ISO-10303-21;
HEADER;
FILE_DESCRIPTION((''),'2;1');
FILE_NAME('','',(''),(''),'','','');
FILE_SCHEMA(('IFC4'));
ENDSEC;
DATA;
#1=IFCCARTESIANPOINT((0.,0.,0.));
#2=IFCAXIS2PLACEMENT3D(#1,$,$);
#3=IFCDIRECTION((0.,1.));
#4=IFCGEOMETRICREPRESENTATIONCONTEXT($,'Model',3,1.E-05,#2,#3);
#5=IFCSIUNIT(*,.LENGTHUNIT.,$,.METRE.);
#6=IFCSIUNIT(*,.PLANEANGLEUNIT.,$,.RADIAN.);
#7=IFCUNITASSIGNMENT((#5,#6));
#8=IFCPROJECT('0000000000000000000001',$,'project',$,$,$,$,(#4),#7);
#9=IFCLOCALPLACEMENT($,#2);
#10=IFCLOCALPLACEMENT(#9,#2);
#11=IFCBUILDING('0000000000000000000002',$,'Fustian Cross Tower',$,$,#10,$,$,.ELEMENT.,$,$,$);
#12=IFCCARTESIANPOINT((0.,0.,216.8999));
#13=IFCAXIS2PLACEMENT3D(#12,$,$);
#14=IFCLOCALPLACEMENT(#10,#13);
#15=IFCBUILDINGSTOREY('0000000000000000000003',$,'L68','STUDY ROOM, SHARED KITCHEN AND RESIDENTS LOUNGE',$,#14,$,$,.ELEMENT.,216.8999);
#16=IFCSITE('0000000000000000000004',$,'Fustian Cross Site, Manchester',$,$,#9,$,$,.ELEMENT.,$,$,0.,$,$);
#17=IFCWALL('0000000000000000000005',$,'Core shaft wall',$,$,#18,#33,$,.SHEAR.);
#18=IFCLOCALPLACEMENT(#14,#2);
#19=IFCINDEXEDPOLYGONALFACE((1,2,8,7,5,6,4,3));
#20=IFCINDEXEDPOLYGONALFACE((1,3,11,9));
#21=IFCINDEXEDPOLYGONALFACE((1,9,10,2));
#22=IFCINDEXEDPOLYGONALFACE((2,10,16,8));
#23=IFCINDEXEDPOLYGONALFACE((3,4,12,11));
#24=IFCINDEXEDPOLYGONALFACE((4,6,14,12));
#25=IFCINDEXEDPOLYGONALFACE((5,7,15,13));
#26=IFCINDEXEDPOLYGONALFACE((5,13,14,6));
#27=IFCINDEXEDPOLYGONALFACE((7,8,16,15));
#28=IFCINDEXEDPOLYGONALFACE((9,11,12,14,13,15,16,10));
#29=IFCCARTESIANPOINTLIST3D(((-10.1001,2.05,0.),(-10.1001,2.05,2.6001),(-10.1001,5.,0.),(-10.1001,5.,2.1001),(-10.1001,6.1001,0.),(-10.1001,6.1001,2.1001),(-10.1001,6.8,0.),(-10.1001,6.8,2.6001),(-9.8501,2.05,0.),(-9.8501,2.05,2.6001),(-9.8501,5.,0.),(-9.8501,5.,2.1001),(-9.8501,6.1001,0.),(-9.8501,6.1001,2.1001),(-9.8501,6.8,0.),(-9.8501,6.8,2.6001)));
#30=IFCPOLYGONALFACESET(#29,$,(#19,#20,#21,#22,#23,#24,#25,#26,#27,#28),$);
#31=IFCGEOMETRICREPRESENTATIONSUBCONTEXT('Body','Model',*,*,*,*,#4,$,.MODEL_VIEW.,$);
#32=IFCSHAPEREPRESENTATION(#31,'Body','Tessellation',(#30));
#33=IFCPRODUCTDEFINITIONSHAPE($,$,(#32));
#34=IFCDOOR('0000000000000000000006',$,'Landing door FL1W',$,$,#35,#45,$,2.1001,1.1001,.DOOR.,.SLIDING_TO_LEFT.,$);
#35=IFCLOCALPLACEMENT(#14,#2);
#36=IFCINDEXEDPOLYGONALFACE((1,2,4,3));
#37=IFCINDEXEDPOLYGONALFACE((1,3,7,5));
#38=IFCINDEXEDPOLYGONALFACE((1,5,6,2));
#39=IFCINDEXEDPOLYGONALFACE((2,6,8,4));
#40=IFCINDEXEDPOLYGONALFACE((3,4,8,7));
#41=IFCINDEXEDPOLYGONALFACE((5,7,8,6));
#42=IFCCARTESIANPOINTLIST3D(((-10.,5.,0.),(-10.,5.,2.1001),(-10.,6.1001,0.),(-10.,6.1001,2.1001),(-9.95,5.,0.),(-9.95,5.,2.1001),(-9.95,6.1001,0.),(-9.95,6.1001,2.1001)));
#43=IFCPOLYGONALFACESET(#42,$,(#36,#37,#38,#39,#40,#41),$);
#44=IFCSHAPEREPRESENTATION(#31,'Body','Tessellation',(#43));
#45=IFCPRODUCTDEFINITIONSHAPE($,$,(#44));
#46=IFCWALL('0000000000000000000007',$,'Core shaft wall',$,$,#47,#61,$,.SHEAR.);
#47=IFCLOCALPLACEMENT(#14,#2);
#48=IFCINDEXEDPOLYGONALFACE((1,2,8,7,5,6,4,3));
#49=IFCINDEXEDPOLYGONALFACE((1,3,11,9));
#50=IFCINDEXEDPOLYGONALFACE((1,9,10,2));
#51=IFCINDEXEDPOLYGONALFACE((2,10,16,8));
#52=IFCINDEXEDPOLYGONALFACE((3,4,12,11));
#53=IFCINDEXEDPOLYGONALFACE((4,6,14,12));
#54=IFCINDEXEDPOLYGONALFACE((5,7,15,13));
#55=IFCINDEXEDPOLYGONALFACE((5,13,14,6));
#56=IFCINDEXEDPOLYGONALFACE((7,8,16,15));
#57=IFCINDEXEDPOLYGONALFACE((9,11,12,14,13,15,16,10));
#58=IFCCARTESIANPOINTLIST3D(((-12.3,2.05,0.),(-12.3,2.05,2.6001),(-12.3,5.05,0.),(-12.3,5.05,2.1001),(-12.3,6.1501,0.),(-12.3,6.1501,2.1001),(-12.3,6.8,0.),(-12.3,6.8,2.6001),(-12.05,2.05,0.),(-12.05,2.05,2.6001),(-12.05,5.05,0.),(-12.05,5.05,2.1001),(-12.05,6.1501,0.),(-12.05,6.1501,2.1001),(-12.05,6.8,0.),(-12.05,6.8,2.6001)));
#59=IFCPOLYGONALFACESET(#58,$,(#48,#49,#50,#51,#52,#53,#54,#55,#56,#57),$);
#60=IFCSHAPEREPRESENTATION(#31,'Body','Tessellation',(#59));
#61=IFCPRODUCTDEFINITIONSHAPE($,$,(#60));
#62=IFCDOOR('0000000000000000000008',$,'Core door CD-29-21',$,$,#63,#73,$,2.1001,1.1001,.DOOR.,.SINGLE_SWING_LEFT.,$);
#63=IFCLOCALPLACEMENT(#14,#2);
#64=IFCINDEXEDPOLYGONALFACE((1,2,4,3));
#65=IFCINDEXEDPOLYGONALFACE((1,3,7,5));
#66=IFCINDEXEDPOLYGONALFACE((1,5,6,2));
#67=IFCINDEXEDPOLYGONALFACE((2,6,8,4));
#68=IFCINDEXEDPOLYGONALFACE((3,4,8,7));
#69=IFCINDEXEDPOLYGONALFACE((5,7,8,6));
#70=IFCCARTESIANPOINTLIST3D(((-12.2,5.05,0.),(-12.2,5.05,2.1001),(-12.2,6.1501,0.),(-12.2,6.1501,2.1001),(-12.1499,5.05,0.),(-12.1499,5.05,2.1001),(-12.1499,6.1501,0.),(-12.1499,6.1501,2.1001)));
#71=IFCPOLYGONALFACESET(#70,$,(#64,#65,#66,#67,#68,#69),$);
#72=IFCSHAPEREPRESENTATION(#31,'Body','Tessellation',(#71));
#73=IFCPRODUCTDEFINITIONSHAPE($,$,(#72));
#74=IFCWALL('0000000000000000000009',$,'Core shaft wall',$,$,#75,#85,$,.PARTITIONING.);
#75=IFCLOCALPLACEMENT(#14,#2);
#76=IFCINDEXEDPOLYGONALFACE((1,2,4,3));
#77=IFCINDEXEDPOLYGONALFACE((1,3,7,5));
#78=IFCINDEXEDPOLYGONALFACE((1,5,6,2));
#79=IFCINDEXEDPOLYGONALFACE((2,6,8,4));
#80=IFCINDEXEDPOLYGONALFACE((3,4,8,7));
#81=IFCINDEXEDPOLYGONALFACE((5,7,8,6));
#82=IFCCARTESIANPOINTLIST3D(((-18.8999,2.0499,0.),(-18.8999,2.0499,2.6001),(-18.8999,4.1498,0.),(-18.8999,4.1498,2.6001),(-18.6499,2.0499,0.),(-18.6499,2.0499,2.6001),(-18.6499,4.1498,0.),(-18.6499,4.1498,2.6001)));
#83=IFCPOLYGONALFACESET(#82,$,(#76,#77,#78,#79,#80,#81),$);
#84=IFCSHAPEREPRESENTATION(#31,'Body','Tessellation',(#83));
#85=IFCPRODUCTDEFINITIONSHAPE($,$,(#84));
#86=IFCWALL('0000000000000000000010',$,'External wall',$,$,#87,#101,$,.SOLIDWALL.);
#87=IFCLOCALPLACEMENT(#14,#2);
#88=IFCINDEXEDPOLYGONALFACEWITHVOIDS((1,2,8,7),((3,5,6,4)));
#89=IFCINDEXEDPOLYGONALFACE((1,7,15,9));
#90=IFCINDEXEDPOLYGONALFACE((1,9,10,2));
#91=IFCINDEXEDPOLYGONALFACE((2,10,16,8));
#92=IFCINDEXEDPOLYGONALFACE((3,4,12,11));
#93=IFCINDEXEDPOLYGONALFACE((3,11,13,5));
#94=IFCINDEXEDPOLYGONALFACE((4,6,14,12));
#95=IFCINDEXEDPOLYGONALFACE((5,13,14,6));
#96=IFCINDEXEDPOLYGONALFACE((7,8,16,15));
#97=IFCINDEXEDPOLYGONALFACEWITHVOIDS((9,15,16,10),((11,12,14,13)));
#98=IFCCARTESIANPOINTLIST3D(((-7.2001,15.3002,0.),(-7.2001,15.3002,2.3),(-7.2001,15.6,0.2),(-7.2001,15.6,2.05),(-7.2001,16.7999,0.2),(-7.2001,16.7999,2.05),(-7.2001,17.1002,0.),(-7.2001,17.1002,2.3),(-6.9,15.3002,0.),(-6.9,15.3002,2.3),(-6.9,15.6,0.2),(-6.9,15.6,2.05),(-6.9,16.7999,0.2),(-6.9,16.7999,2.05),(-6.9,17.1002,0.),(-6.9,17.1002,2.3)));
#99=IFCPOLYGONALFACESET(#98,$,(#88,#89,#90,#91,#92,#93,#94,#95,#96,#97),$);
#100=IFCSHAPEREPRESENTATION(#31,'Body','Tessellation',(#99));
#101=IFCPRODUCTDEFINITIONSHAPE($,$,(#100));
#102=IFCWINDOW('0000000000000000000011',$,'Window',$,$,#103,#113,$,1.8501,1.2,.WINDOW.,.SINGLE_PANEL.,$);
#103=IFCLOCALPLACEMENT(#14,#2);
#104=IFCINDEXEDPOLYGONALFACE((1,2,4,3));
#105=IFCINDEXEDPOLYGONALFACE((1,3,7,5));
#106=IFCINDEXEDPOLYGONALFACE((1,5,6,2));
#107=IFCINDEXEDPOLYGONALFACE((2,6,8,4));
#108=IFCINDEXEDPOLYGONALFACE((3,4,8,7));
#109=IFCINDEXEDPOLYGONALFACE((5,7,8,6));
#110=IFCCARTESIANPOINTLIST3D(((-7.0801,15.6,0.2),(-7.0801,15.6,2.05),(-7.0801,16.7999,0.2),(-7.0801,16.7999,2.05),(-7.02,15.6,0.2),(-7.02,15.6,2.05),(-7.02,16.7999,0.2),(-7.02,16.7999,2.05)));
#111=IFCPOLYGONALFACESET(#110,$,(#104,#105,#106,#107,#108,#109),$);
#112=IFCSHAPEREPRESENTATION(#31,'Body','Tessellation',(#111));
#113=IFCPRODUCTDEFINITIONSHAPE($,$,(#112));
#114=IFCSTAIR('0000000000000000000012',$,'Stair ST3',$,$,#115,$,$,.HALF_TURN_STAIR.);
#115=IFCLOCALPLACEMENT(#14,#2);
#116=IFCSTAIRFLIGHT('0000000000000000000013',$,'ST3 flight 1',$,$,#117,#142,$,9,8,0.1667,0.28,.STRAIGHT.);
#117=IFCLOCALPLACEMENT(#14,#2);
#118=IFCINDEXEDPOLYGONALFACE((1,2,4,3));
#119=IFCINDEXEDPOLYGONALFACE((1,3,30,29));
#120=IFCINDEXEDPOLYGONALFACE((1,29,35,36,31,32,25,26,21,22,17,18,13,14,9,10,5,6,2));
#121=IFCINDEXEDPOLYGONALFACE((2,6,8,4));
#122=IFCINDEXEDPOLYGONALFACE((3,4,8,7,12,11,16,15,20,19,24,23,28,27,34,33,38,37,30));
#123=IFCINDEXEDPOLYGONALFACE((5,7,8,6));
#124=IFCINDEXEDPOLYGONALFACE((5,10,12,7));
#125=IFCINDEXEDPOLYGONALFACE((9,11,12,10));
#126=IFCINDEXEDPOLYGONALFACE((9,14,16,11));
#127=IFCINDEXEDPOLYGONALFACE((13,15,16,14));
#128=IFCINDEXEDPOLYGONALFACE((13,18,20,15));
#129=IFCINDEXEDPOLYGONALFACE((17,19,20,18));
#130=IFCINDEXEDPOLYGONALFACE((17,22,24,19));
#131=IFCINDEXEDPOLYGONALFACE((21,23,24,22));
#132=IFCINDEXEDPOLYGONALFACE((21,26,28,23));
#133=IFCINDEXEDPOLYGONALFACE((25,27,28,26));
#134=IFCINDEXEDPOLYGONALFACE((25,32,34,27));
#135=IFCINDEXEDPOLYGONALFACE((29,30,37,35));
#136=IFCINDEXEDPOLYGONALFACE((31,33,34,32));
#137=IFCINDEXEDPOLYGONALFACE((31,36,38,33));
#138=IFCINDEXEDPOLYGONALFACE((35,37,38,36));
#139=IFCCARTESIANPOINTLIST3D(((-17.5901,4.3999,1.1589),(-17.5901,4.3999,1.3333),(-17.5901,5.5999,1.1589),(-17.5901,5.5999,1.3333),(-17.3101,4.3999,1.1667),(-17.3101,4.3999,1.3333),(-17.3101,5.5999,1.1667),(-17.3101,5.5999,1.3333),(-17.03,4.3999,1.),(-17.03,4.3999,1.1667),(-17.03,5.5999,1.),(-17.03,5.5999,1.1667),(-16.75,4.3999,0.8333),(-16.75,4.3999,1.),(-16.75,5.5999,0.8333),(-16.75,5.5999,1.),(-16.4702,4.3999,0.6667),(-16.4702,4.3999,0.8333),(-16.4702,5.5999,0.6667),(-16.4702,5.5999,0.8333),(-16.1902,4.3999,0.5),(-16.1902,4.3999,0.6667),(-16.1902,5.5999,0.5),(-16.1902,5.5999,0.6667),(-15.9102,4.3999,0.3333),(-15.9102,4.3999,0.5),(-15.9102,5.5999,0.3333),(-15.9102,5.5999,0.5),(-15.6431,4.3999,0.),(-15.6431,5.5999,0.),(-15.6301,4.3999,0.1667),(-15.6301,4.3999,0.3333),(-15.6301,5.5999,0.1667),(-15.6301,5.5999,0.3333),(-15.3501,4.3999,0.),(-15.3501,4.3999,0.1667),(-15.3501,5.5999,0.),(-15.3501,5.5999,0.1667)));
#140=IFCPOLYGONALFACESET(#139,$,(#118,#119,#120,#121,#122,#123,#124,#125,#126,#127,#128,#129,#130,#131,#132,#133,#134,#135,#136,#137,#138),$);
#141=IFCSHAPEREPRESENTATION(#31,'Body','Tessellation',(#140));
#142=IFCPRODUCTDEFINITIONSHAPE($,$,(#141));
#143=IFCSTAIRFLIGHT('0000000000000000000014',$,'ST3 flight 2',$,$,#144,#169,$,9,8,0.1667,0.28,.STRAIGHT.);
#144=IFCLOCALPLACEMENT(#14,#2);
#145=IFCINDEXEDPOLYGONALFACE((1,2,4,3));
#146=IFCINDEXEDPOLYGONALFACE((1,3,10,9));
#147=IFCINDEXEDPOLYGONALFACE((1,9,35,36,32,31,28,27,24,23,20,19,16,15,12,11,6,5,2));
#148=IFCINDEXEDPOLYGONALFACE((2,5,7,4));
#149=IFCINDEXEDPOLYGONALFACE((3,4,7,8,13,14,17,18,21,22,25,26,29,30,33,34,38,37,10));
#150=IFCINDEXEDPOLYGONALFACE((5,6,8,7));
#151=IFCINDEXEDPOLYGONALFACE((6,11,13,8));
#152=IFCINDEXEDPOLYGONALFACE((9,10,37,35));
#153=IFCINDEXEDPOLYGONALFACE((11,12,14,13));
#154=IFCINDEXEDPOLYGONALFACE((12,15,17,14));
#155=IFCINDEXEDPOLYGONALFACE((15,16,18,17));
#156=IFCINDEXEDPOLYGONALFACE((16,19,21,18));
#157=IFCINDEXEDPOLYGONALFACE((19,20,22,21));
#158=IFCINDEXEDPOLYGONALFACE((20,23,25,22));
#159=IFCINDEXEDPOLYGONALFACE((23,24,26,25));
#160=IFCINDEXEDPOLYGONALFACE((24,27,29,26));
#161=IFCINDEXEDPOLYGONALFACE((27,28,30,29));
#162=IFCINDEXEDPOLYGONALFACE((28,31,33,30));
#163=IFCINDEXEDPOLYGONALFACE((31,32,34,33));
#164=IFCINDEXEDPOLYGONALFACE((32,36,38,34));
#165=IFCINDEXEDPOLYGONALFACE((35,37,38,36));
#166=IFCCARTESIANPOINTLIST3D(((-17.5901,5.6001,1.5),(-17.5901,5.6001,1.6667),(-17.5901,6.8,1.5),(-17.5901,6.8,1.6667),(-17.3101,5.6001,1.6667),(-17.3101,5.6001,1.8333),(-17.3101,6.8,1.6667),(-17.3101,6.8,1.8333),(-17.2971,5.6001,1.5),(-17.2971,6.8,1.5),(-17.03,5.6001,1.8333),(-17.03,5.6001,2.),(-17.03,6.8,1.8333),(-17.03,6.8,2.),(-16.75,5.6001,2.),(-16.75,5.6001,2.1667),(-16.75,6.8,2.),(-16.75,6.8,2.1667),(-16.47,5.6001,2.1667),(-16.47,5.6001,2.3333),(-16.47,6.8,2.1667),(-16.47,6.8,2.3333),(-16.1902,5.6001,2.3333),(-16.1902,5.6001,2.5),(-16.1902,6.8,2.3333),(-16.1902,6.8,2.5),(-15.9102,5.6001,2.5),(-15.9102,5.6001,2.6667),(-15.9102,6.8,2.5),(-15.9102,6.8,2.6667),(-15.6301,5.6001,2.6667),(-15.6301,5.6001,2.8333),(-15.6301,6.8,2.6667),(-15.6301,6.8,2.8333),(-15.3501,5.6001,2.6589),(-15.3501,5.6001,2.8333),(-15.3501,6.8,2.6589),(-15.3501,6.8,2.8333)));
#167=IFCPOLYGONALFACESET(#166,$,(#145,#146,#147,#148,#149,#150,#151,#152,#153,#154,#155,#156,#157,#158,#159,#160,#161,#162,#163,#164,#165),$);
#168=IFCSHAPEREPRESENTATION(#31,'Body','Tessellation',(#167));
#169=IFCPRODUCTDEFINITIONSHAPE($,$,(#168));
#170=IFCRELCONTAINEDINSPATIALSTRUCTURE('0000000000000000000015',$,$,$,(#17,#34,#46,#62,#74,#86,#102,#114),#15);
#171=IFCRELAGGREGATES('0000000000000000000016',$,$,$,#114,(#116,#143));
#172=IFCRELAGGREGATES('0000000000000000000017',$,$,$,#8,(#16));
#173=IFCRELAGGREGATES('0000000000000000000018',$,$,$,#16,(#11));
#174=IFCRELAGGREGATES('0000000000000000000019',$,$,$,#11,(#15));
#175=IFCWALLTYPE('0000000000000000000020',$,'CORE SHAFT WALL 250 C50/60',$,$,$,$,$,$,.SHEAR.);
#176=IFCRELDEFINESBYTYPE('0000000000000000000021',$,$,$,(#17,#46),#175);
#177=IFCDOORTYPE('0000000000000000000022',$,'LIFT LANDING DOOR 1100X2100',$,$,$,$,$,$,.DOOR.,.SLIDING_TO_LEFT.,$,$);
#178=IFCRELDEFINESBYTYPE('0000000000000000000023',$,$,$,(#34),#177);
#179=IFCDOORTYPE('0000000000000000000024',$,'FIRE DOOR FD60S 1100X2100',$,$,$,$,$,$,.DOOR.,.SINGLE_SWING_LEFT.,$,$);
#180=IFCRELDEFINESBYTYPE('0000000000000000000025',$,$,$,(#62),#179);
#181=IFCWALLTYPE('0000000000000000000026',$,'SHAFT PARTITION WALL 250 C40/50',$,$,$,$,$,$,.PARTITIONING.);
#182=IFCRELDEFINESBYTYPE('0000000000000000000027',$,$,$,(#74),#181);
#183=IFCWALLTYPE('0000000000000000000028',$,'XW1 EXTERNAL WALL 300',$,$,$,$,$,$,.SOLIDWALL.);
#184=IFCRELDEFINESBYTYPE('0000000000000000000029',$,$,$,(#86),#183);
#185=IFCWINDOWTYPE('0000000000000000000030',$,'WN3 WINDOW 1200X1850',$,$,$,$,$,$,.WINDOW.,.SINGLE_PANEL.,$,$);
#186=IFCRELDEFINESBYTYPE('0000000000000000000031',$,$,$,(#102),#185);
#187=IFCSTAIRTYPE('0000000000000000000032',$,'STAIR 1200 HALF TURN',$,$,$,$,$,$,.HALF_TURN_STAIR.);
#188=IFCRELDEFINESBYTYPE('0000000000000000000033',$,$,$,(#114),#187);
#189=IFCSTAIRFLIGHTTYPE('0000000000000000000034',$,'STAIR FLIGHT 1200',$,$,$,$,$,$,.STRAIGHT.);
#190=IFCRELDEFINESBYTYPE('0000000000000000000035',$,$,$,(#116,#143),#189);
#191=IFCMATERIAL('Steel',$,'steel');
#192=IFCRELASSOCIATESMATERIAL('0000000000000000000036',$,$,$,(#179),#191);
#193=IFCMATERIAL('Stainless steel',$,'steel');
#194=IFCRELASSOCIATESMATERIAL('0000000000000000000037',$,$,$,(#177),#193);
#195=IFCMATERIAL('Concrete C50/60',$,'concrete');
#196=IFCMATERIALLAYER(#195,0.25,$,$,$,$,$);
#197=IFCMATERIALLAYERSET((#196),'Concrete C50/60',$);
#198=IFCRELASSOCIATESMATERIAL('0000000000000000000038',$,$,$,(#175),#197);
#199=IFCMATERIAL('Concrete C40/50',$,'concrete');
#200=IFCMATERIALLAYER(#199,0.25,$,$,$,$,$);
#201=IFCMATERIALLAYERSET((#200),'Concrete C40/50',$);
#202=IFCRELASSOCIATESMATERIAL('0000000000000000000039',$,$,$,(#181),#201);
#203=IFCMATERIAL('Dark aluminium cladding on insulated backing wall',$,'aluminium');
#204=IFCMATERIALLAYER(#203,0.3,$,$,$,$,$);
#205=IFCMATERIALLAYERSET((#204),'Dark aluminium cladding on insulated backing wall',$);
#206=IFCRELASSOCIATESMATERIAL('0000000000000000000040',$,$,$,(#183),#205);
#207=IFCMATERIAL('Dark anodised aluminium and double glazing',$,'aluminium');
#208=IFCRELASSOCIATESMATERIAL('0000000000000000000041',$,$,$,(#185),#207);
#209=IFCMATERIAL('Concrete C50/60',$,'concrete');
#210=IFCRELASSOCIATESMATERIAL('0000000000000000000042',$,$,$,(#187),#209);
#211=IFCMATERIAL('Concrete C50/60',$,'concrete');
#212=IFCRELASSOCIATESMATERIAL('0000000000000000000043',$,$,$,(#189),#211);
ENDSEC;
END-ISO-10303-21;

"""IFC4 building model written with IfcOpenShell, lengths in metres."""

from ifc_helpers import new_model, si_unit, direction, frame, frame_2d, origin, place, context, subcontext, project, spatial, polyline, rectangle, outline, extrude, material, layer, layer_set, type_object, element, fill, aggregate, save


model = new_model("IFC4")

# Units and contexts
model_context = context("Model", 3, precision=1e-05, world=origin(), true_north=direction((0.0, 1.0)))
body_context = subcontext(model_context, "Body", "Model", "MODEL_VIEW")
ifc_project = project(units=[si_unit("LENGTHUNIT", "METRE"), si_unit("PLANEANGLEUNIT", "RADIAN")], contexts=[model_context])

# Site, building, storey
site_placement = place(None, origin())
site = spatial("IfcSite", under=ifc_project, at=site_placement, Name="Fustian Cross Site, Manchester", CompositionType="ELEMENT", RefElevation=0.0)
building_placement = place(site_placement, origin())
building = spatial("IfcBuilding", under=site, at=building_placement, Name="Fustian Cross Tower", CompositionType="ELEMENT")
storey_placement = place(building_placement, frame((0.0, 0.0, 216.8999)))
storey = spatial("IfcBuildingStorey", under=building, at=storey_placement, Name="L68", Description="STUDY ROOM, SHARED KITCHEN AND RESIDENTS LOUNGE", CompositionType="ELEMENT", Elevation=216.8999)

# Shared definitions
ifc_material_1 = material(Name="Steel", Category="steel")
door_type_1 = type_object("IfcDoorType", Name="FIRE DOOR FD60S 1100X2100", OperationType="SINGLE_SWING_LEFT", PredefinedType="DOOR", material=ifc_material_1)
ifc_material_2 = material(Name="Stainless steel", Category="steel")
door_type_2 = type_object("IfcDoorType", Name="LIFT LANDING DOOR 1100X2100", OperationType="SLIDING_TO_LEFT", PredefinedType="DOOR", material=ifc_material_2)

# Shared definitions
ifc_material_3 = material(Name="Concrete C50/60", Category="concrete")
ifc_layer_1 = layer(ifc_material_3, 0.25)
ifc_layer_set_1 = layer_set([ifc_layer_1], Name="Concrete C50/60")
wall_type_1 = type_object("IfcWallType", Name="CORE SHAFT WALL 250 C50/60", PredefinedType="SHEAR", material=ifc_layer_set_1)

# Walls, openings, doors
wall_1_placement = place(storey_placement, frame((-9.9751, 2.05, 0.0), z_axis=(0.0, 0.0, 1.0), x_axis=(0.0, 1.0, 0.0)))
wall_1 = element("IfcWall", 1, at=wall_1_placement, inside=storey, type_object=wall_type_1, Name="Core shaft wall", PredefinedType="SHEAR", context=body_context, shape_type="SweptSolid", body=[
    extrude(rectangle(XDim=4.75, YDim=0.25, at=frame_2d((2.375, 0.0))), origin(), (0.0, 0.0, 1.0), 2.6001),
])
opening_1_placement = place(wall_1_placement, frame((2.95, 0.0, 0.0)))
opening_1 = element("IfcOpeningElement", 2, at=opening_1_placement, cuts=wall_1, PredefinedType="OPENING", context=body_context, shape_type="SweptSolid", body=[
    extrude(rectangle(XDim=1.1001, YDim=2.1001, at=frame_2d((0.55, 1.05))), frame((0.0, 0.135, 0.0), z_axis=(0.0, -1.0, 0.0), x_axis=(1.0, 0.0, 0.0)), (0.0, 0.0, 1.0), 0.27),
])
door_1_placement = place(opening_1_placement, origin())
door_1 = element("IfcDoor", 3, at=door_1_placement, inside=storey, type_object=door_type_2, Name="Landing door FL1W", OperationType="SLIDING_TO_LEFT", OverallHeight=2.1001, OverallWidth=1.1001, PredefinedType="DOOR", context=body_context, shape_type="SweptSolid", body=[
    extrude(rectangle(XDim=1.1001, YDim=2.1001, at=frame_2d((0.55, 1.05))), frame((0.0, 0.0249, 0.0), z_axis=(0.0, -1.0, 0.0), x_axis=(1.0, 0.0, 0.0)), (0.0, 0.0, 1.0), 0.05),
])
fill(opening_1, door_1)
wall_2_placement = place(storey_placement, frame((-12.175, 2.05, 0.0), z_axis=(0.0, 0.0, 1.0), x_axis=(0.0, 1.0, 0.0)))
wall_2 = element("IfcWall", 4, at=wall_2_placement, inside=storey, type_object=wall_type_1, Name="Core shaft wall", PredefinedType="SHEAR", context=body_context, shape_type="SweptSolid", body=[
    extrude(rectangle(XDim=4.75, YDim=0.25, at=frame_2d((2.375, 0.0))), origin(), (0.0, 0.0, 1.0), 2.6001),
])
opening_2_placement = place(wall_2_placement, frame((3.0, 0.0, 0.0)))
opening_2 = element("IfcOpeningElement", 5, at=opening_2_placement, cuts=wall_2, PredefinedType="OPENING", context=body_context, shape_type="SweptSolid", body=[
    extrude(rectangle(XDim=1.1001, YDim=2.1001, at=frame_2d((0.55, 1.05))), frame((0.0, 0.135, 0.0), z_axis=(0.0, -1.0, 0.0), x_axis=(1.0, 0.0, 0.0)), (0.0, 0.0, 1.0), 0.27),
])
door_2_placement = place(opening_2_placement, origin())
door_2 = element("IfcDoor", 6, at=door_2_placement, inside=storey, type_object=door_type_1, Name="Core door CD-29-21", OperationType="SINGLE_SWING_LEFT", OverallHeight=2.1001, OverallWidth=1.1001, PredefinedType="DOOR", context=body_context, shape_type="SweptSolid", body=[
    extrude(rectangle(XDim=1.1001, YDim=2.1001, at=frame_2d((0.55, 1.05))), frame((0.0, 0.0249, 0.0), z_axis=(0.0, -1.0, 0.0), x_axis=(1.0, 0.0, 0.0)), (0.0, 0.0, 1.0), 0.05),
])
fill(opening_2, door_2)

# Wall
ifc_material_4 = material(Name="Concrete C40/50", Category="concrete")
ifc_layer_2 = layer(ifc_material_4, 0.25)
ifc_layer_set_2 = layer_set([ifc_layer_2], Name="Concrete C40/50")
wall_type_2 = type_object("IfcWallType", Name="SHAFT PARTITION WALL 250 C40/50", PredefinedType="PARTITIONING", material=ifc_layer_set_2)
wall_3_placement = place(storey_placement, frame((-18.7749, 2.05, 0.0), z_axis=(0.0, 0.0, 1.0), x_axis=(0.0, 1.0, 0.0)))
element("IfcWall", 7, at=wall_3_placement, inside=storey, type_object=wall_type_2, Name="Core shaft wall", PredefinedType="PARTITIONING", context=body_context, shape_type="SweptSolid", body=[
    extrude(rectangle(XDim=2.0999, YDim=0.25, at=frame_2d((1.0498, 0.0))), origin(), (0.0, 0.0, 1.0), 2.6001),
])

# Wall, opening, window
ifc_material_5 = material(Name="Dark aluminium cladding on insulated backing wall", Category="aluminium")
ifc_layer_3 = layer(ifc_material_5, 0.3)
ifc_layer_set_3 = layer_set([ifc_layer_3], Name="Dark aluminium cladding on insulated backing wall")
wall_type_3 = type_object("IfcWallType", Name="XW1 EXTERNAL WALL 300", PredefinedType="SOLIDWALL", material=ifc_layer_set_3)
wall_4_placement = place(storey_placement, frame((-7.05, 17.1001, 0.0), z_axis=(0.0, 0.0, 1.0), x_axis=(0.0, -1.0, 0.0)))
wall_4 = element("IfcWall", 8, at=wall_4_placement, inside=storey, type_object=wall_type_3, Name="External wall", PredefinedType="SOLIDWALL", context=body_context, shape_type="SweptSolid", body=[
    extrude(rectangle(XDim=1.8, YDim=0.3, at=frame_2d((0.8999, 0.0))), origin(), (0.0, 0.0, 1.0), 2.3),
])
opening_3_placement = place(wall_4_placement, frame((0.3, 0.0, 0.2)))
opening_3 = element("IfcOpeningElement", 9, at=opening_3_placement, cuts=wall_4, PredefinedType="OPENING", context=body_context, shape_type="SweptSolid", body=[
    extrude(rectangle(XDim=1.2, YDim=1.8501, at=frame_2d((0.6001, 0.925))), frame((0.0, 0.1599, 0.0), z_axis=(0.0, -1.0, 0.0), x_axis=(1.0, 0.0, 0.0)), (0.0, 0.0, 1.0), 0.3201),
])
ifc_material_6 = material(Name="Dark anodised aluminium and double glazing", Category="aluminium")
window_type = type_object("IfcWindowType", Name="WN3 WINDOW 1200X1850", PartitioningType="SINGLE_PANEL", PredefinedType="WINDOW", material=ifc_material_6)
window_placement = place(opening_3_placement, origin())
window = element("IfcWindow", 10, at=window_placement, inside=storey, type_object=window_type, Name="Window", OverallHeight=1.8501, OverallWidth=1.2, PartitioningType="SINGLE_PANEL", PredefinedType="WINDOW", context=body_context, shape_type="SweptSolid", body=[
    extrude(rectangle(XDim=1.2, YDim=1.8501, at=frame_2d((0.6001, 0.925))), frame((0.0, 0.03, 0.0), z_axis=(0.0, -1.0, 0.0), x_axis=(1.0, 0.0, 0.0)), (0.0, 0.0, 1.0), 0.0601),
])
fill(opening_3, window)

# Stair, stair flights
ifc_material_7 = material(Name="Concrete C50/60", Category="concrete")
stair_type = type_object("IfcStairType", Name="STAIR 1200 HALF TURN", PredefinedType="HALF_TURN_STAIR", material=ifc_material_7)
stair_placement = place(storey_placement, origin())
stair = element("IfcStair", 11, at=stair_placement, inside=storey, type_object=stair_type, Name="Stair ST3", PredefinedType="HALF_TURN_STAIR")
ifc_material_8 = material(Name="Concrete C50/60", Category="concrete")
stair_flight_type = type_object("IfcStairFlightType", Name="STAIR FLIGHT 1200", PredefinedType="STRAIGHT", material=ifc_material_8)
stair_flight_1_placement = place(storey_placement, frame((-15.3501, 5.0, 0.0), z_axis=(0.0, 0.0, 1.0), x_axis=(-1.0, 0.0, 0.0)))
stair_flight_1 = element("IfcStairFlight", 12, at=stair_flight_1_placement, type_object=stair_flight_type, Name="ST3 flight 1", NumberOfRisers=9, NumberOfTreads=8, PredefinedType="STRAIGHT", RiserHeight=0.1667, TreadLength=0.28, context=body_context, shape_type="SweptSolid", body=[
    extrude(outline(polyline([(0.0, 0.0), (0.0, 0.1667), (0.28, 0.1667), (0.28, 0.3333), (0.5601, 0.3333), (0.5601, 0.5), (0.8401, 0.5), (0.8401, 0.6667), (1.1201, 0.6667), (1.1201, 0.8333), (1.3999, 0.8333), (1.3999, 1.0), (1.6799, 1.0), (1.6799, 1.1667), (1.96, 1.1667), (1.96, 1.3333), (2.24, 1.3333), (2.24, 1.5), (2.24, 1.1589), (0.293, 0.0), (0.0, 0.0)])), frame((0.0, 0.6001, 0.0), z_axis=(0.0, -1.0, 0.0), x_axis=(1.0, 0.0, 0.0)), (0.0, 0.0, 1.0), 1.2),
])
stair_flight_2_placement = place(storey_placement, frame((-17.5901, 6.2, 1.5), z_axis=(0.0, 0.0, 1.0), x_axis=(1.0, 0.0, 0.0)))
stair_flight_2 = element("IfcStairFlight", 13, at=stair_flight_2_placement, type_object=stair_flight_type, Name="ST3 flight 2", NumberOfRisers=9, NumberOfTreads=8, PredefinedType="STRAIGHT", RiserHeight=0.1667, TreadLength=0.28, context=body_context, shape_type="SweptSolid", body=[
    extrude(outline(polyline([(0.0, 0.0), (0.0, 0.1667), (0.28, 0.1667), (0.28, 0.3333), (0.5601, 0.3333), (0.5601, 0.5), (0.8401, 0.5), (0.8401, 0.6667), (1.1201, 0.6667), (1.1201, 0.8333), (1.3999, 0.8333), (1.3999, 1.0), (1.6799, 1.0), (1.6799, 1.1667), (1.96, 1.1667), (1.96, 1.3333), (2.24, 1.3333), (2.24, 1.5), (2.24, 1.1589), (0.293, 0.0), (0.0, 0.0)])), frame((0.0, 0.6001, 0.0), z_axis=(0.0, -1.0, 0.0), x_axis=(1.0, 0.0, 0.0)), (0.0, 0.0, 1.0), 1.2),
])
aggregate(stair, [stair_flight_1, stair_flight_2])

save(model, "model.ifc")
